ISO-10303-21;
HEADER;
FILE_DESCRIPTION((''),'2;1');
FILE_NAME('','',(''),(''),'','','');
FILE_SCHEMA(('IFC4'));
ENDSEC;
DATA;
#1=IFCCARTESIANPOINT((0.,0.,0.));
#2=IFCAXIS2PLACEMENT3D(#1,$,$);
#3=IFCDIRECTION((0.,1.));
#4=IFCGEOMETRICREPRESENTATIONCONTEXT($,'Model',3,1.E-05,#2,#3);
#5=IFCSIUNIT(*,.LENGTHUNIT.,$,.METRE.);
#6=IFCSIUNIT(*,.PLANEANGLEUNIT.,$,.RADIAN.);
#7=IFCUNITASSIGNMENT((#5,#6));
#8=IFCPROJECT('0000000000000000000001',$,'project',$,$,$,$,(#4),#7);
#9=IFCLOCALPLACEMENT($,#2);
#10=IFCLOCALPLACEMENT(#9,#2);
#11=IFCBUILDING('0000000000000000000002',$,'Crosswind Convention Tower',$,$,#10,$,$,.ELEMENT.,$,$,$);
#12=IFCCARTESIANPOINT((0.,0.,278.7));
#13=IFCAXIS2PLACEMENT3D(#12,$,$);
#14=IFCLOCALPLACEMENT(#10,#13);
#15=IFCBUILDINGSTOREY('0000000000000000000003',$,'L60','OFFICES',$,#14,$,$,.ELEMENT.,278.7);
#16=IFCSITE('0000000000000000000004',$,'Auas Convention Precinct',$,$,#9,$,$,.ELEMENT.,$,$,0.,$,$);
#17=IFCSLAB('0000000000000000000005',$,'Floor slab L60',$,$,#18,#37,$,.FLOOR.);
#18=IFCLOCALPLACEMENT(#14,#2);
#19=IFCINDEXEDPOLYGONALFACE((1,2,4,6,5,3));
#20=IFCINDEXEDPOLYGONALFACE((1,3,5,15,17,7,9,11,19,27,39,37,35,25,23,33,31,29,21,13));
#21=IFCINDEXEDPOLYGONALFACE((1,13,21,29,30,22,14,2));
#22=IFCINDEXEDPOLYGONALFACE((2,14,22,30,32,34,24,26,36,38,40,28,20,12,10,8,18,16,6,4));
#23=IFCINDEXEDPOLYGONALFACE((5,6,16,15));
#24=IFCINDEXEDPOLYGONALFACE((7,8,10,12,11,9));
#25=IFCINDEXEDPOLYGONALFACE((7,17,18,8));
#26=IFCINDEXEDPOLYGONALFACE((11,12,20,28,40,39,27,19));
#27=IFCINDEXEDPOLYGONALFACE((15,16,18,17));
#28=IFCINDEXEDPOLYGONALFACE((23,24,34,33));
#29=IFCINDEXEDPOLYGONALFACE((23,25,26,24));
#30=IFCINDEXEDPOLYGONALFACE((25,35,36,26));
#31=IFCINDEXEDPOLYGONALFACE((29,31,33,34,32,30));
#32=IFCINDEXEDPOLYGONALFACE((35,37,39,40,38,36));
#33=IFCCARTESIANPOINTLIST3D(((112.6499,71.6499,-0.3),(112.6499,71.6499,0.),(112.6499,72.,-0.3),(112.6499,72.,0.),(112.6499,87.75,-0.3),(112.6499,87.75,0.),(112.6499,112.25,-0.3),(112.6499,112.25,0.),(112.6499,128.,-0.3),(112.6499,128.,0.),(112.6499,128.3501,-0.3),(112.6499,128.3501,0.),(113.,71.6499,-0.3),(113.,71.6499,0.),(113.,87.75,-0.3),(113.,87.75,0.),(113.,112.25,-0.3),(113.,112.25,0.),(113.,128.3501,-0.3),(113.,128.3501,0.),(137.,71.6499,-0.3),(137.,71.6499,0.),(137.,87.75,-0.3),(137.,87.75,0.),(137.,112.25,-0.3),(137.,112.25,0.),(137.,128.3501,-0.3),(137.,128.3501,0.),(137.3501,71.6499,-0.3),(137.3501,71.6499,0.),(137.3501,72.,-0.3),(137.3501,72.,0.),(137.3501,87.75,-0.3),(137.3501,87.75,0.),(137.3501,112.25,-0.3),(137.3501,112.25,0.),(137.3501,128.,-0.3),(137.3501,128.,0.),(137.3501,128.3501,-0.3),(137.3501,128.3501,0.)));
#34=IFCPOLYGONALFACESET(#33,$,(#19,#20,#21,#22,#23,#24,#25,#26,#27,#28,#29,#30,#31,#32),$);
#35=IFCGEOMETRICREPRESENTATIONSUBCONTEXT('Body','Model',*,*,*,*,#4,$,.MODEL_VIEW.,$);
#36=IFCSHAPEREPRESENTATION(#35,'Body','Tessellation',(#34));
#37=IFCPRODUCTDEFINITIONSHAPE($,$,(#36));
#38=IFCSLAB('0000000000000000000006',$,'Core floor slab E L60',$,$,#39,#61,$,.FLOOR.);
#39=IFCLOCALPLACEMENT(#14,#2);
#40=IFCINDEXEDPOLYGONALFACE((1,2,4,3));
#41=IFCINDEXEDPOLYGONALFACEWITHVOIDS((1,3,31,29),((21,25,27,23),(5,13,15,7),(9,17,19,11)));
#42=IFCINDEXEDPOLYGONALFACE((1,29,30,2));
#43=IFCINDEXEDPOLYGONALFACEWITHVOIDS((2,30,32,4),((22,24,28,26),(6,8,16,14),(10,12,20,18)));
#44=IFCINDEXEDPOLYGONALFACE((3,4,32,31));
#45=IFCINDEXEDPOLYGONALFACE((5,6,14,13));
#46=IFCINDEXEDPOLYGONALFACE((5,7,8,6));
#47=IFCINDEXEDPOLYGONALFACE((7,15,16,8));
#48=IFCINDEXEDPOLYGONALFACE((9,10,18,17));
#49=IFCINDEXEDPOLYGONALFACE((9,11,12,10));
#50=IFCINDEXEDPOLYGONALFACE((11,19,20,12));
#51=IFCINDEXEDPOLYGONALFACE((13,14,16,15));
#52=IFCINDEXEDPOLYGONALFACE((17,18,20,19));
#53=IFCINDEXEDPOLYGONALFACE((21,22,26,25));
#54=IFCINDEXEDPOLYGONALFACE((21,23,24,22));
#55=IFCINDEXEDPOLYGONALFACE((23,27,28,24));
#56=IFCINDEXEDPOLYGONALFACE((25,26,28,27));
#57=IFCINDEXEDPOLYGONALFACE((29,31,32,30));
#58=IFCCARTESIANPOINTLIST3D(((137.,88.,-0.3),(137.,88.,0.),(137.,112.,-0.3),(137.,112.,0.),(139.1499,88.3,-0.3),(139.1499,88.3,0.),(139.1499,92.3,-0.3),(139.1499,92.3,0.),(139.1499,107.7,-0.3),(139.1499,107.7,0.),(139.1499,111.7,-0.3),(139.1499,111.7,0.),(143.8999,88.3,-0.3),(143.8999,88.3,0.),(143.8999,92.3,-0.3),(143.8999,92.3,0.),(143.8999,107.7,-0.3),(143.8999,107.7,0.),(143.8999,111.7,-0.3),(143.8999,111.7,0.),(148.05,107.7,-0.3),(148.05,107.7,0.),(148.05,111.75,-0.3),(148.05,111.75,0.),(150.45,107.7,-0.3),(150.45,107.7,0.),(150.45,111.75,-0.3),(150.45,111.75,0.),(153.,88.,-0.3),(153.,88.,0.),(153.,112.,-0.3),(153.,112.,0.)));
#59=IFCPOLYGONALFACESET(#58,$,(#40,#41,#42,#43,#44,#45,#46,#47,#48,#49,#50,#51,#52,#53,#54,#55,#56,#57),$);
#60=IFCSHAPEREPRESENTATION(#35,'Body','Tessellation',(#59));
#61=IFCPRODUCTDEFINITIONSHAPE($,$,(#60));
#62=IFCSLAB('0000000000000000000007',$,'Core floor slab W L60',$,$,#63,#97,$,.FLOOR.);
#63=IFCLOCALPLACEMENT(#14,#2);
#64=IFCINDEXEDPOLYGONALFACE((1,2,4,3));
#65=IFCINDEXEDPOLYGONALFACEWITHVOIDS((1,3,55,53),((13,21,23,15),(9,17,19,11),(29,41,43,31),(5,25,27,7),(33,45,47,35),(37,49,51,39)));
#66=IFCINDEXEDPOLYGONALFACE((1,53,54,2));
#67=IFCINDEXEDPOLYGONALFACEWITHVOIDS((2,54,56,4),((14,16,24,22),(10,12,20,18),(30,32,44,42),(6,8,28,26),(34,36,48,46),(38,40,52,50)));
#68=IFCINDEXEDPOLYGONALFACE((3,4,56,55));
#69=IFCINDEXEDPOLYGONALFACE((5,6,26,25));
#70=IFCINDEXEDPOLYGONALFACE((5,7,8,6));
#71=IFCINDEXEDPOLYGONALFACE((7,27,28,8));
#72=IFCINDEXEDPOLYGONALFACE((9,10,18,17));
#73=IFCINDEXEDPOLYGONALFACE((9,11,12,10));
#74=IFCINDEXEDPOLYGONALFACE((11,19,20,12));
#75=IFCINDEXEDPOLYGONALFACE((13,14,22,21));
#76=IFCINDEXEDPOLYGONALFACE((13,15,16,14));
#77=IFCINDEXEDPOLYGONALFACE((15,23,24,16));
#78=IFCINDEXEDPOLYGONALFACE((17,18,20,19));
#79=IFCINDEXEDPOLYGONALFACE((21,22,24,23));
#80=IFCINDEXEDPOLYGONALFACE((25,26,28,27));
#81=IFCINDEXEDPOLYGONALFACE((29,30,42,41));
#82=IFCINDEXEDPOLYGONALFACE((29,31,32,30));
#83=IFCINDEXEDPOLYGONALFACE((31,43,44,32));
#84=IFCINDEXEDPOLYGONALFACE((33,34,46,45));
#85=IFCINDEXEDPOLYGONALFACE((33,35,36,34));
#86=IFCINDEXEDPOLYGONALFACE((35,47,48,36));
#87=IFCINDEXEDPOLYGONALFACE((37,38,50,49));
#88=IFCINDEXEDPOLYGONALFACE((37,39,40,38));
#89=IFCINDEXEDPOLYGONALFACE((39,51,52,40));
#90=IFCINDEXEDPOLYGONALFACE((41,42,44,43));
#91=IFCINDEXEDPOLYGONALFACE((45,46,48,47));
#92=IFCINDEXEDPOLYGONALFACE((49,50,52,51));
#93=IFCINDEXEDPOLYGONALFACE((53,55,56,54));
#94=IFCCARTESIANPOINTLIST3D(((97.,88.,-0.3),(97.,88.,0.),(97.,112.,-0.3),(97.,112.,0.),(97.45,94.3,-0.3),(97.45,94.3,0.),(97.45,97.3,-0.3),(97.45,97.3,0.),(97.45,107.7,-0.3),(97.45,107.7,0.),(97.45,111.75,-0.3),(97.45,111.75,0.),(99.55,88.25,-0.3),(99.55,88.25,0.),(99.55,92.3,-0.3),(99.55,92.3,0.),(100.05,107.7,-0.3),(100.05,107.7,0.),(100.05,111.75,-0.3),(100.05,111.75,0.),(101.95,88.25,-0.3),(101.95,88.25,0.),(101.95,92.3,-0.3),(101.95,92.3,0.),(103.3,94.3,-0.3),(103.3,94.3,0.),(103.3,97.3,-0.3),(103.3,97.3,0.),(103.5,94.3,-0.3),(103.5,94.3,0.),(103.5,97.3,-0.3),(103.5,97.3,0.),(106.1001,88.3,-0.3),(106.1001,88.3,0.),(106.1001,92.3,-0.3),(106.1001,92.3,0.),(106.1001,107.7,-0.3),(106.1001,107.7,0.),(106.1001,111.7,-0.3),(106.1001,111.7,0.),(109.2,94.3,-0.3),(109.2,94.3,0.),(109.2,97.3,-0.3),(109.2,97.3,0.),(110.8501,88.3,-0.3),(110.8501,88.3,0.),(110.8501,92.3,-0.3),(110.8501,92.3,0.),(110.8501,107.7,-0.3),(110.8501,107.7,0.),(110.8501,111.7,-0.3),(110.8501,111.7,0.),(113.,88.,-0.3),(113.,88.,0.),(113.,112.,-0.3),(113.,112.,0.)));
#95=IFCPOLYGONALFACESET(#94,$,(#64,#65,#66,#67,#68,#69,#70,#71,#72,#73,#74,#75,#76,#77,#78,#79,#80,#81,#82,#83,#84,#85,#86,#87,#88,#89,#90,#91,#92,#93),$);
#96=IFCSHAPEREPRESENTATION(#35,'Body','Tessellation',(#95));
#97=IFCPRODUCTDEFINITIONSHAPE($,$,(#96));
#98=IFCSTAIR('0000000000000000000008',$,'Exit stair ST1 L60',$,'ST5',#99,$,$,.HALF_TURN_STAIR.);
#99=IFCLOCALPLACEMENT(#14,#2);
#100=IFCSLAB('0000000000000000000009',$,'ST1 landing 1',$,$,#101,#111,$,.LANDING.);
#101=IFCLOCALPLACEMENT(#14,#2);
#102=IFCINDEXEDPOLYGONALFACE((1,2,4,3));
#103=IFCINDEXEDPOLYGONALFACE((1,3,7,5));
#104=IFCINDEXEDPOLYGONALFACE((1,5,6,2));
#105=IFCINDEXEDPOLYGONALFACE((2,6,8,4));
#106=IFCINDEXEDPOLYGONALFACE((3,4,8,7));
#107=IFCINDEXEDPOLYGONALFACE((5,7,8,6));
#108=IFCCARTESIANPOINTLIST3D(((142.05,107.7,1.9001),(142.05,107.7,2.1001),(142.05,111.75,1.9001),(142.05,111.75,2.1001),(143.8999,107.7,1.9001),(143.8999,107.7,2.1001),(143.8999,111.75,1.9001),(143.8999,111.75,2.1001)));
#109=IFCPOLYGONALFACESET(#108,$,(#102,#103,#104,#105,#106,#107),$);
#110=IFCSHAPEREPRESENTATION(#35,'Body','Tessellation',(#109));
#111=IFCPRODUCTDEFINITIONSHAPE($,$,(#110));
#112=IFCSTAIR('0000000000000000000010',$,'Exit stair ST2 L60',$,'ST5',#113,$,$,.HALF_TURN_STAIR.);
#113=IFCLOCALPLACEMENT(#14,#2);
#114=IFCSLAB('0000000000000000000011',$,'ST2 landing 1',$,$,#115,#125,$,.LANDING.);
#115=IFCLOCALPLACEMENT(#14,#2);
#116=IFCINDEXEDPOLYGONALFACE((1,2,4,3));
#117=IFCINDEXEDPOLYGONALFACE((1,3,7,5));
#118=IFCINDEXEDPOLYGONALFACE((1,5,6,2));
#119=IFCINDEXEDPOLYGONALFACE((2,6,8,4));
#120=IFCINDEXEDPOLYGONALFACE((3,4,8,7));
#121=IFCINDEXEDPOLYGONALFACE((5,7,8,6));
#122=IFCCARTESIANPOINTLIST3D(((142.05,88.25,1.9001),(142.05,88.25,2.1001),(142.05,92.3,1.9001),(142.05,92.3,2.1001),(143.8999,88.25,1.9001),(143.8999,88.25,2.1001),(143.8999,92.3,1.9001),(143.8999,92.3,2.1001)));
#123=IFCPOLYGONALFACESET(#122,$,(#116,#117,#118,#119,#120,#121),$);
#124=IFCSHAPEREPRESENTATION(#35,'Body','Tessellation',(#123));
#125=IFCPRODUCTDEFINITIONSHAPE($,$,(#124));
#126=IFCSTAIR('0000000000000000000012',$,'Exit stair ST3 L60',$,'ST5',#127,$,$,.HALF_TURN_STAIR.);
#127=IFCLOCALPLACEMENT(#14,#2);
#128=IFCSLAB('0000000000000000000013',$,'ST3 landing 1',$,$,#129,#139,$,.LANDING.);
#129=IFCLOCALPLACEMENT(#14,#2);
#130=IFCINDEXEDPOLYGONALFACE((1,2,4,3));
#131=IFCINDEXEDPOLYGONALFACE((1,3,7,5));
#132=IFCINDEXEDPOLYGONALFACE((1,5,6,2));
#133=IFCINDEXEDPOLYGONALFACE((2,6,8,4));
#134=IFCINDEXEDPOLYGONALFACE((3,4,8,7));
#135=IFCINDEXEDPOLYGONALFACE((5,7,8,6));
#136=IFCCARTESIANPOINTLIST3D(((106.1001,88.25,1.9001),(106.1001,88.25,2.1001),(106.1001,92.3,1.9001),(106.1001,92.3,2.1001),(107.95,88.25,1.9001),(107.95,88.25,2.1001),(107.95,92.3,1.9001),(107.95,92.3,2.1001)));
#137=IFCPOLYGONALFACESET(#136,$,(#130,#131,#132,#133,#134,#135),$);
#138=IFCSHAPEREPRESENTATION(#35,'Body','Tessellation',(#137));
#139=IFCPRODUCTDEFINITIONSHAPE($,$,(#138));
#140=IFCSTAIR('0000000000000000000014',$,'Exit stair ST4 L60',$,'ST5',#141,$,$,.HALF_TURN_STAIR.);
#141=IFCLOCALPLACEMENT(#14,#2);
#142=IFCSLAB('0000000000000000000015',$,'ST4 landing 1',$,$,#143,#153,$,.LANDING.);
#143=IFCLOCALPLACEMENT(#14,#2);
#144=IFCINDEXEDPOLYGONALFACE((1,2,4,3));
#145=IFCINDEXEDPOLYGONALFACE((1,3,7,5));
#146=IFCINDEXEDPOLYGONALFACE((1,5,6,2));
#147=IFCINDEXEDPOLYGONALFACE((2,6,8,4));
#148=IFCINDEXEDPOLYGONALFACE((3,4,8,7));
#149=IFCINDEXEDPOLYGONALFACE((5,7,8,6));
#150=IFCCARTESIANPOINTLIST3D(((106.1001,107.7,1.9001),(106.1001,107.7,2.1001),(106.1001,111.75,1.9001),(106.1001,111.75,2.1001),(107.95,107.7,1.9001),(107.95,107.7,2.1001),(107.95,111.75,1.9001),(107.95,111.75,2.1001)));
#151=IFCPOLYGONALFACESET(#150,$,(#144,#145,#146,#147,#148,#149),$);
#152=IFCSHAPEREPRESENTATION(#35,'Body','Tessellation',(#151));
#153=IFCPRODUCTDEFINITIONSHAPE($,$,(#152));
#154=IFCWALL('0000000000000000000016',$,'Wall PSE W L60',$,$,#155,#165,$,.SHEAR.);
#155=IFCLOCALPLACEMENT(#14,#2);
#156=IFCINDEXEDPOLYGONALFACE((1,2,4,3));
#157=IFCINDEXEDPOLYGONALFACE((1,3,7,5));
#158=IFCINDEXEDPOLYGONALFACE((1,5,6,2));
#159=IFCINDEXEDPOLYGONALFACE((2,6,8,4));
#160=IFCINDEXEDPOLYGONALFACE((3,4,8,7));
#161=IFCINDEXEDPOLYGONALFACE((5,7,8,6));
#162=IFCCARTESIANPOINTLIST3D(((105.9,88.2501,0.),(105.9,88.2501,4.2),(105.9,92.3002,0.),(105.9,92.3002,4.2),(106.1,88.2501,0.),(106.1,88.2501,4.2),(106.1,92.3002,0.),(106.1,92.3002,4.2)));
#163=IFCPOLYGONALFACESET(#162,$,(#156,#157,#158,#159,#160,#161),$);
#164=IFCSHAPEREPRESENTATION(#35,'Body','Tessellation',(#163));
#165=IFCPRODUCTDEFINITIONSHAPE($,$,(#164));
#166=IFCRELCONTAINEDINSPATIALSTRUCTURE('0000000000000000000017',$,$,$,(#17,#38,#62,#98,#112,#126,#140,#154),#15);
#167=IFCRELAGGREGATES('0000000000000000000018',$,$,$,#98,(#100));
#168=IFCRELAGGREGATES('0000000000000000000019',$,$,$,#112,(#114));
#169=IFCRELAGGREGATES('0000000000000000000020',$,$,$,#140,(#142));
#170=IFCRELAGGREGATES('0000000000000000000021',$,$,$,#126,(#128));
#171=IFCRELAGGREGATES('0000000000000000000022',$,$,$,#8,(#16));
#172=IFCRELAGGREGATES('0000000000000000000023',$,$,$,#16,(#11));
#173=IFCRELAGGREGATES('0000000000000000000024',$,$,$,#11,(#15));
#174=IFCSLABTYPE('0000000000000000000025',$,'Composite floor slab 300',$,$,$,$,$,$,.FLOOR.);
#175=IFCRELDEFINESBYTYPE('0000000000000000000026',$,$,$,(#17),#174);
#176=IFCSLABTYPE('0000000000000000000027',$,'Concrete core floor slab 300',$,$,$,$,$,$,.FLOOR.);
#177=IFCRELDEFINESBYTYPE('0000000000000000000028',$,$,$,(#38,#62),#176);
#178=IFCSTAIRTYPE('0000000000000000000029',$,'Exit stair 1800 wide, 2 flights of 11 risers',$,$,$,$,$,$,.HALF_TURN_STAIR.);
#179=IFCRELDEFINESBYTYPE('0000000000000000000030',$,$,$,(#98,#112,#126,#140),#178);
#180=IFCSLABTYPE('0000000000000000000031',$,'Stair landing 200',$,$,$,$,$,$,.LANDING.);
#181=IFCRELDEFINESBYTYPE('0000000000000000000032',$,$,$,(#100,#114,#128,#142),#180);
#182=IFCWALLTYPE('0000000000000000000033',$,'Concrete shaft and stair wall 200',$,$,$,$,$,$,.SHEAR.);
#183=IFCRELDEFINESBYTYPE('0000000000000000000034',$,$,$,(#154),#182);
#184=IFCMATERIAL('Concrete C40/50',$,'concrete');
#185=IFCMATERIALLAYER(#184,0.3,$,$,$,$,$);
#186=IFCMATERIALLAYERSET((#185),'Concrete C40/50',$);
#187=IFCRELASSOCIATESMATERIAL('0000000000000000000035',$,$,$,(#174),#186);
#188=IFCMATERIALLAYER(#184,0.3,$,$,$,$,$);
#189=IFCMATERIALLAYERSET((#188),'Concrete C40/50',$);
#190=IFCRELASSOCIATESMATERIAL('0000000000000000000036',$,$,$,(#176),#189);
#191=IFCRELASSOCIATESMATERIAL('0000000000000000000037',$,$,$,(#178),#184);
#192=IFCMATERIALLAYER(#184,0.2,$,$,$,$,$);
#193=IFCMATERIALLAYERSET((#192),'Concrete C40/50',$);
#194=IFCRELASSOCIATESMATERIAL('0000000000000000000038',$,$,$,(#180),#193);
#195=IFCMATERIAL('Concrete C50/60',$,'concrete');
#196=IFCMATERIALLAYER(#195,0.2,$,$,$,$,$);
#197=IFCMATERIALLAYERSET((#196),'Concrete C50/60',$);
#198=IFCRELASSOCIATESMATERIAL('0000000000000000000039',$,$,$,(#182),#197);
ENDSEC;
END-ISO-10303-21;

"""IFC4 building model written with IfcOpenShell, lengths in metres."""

from ifc_helpers import new_model, si_unit, direction, frame, frame_2d, origin, place, context, subcontext, project, spatial, polyline, rectangle, outline, extrude, material, layer, layer_set, type_object, element, aggregate, save


model = new_model("IFC4")

# Units and contexts
model_context = context("Model", 3, precision=1e-05, world=origin(), true_north=direction((0.0, 1.0)))
body_context = subcontext(model_context, "Body", "Model", "MODEL_VIEW")
ifc_project = project(units=[si_unit("LENGTHUNIT", "METRE"), si_unit("PLANEANGLEUNIT", "RADIAN")], contexts=[model_context])

# Site, building, storey
site_placement = place(None, origin())
site = spatial("IfcSite", under=ifc_project, at=site_placement, Name="Auas Convention Precinct", CompositionType="ELEMENT", RefElevation=0.0)
building_placement = place(site_placement, origin())
building = spatial("IfcBuilding", under=site, at=building_placement, Name="Crosswind Convention Tower", CompositionType="ELEMENT")
storey_placement = place(building_placement, frame((0.0, 0.0, 278.7)))
storey = spatial("IfcBuildingStorey", under=building, at=storey_placement, Name="L60", Description="OFFICES", CompositionType="ELEMENT", Elevation=278.7)

# Slabs
ifc_material_1 = material(Name="Concrete C40/50", Category="concrete")
ifc_layer_1 = layer(ifc_material_1, 0.3)
ifc_layer_set_1 = layer_set([ifc_layer_1], Name="Concrete C40/50")
slab_type_1 = type_object("IfcSlabType", Name="Composite floor slab 300", PredefinedType="FLOOR", material=ifc_layer_set_1)
slab_1_placement = place(storey_placement, frame((0.0, 0.0, -0.3)))
element("IfcSlab", 1, at=slab_1_placement, inside=storey, type_object=slab_type_1, Name="Floor slab L60", PredefinedType="FLOOR", context=body_context, shape_type="SweptSolid", body=[
    extrude(outline(polyline([(137.3501, 71.6499), (137.0, 71.6499), (113.0, 71.6499), (112.6499, 71.6499), (112.6499, 72.0), (112.6499, 87.75), (113.0, 87.75), (113.0, 112.25), (112.6499, 112.25), (112.6499, 128.0), (112.6499, 128.3501), (113.0, 128.3501), (137.0, 128.3501), (137.3501, 128.3501), (137.3501, 128.0), (137.3501, 112.25), (137.0, 112.25), (137.0, 87.75), (137.3501, 87.75), (137.3501, 72.0), (137.3501, 71.6499)])), origin(), (0.0, 0.0, 1.0), 0.3),
])
ifc_layer_2 = layer(ifc_material_1, 0.3)
ifc_layer_set_2 = layer_set([ifc_layer_2], Name="Concrete C40/50")
slab_type_2 = type_object("IfcSlabType", Name="Concrete core floor slab 300", PredefinedType="FLOOR", material=ifc_layer_set_2)
slab_2_placement = place(storey_placement, frame((0.0, 0.0, -0.3)))
element("IfcSlab", 2, at=slab_2_placement, inside=storey, type_object=slab_type_2, Name="Core floor slab E L60", PredefinedType="FLOOR", context=body_context, shape_type="SweptSolid", body=[
    extrude(outline(polyline([(137.0, 88.0), (153.0, 88.0), (153.0, 112.0), (137.0, 112.0), (137.0, 88.0)]), holes=[polyline([(150.45, 107.7), (150.45, 111.75), (148.05, 111.75), (148.05, 107.7), (150.45, 107.7)]), polyline([(143.8999, 107.7), (143.8999, 111.7), (139.1499, 111.7), (139.1499, 107.7), (143.8999, 107.7)]), polyline([(143.8999, 88.3), (143.8999, 92.3), (139.1499, 92.3), (139.1499, 88.3), (143.8999, 88.3)])]), origin(), (0.0, 0.0, 1.0), 0.3),
])
slab_3_placement = place(storey_placement, frame((0.0, 0.0, -0.3)))
element("IfcSlab", 3, at=slab_3_placement, inside=storey, type_object=slab_type_2, Name="Core floor slab W L60", PredefinedType="FLOOR", context=body_context, shape_type="SweptSolid", body=[
    extrude(outline(polyline([(97.0, 88.0), (113.0, 88.0), (113.0, 112.0), (97.0, 112.0), (97.0, 88.0)]), holes=[polyline([(109.2, 94.3), (109.2, 97.3), (103.5, 97.3), (103.5, 94.3), (109.2, 94.3)]), polyline([(103.3, 94.3), (103.3, 97.3), (97.45, 97.3), (97.45, 94.3), (103.3, 94.3)]), polyline([(101.95, 88.25), (101.95, 92.3), (99.55, 92.3), (99.55, 88.25), (101.95, 88.25)]), polyline([(100.05, 107.7), (100.05, 111.75), (97.45, 111.75), (97.45, 107.7), (100.05, 107.7)]), polyline([(110.8501, 88.3), (110.8501, 92.3), (106.1001, 92.3), (106.1001, 88.3), (110.8501, 88.3)]), polyline([(110.8501, 107.7), (110.8501, 111.7), (106.1001, 111.7), (106.1001, 107.7), (110.8501, 107.7)])]), origin(), (0.0, 0.0, 1.0), 0.3),
])

# Stairs, slabs
stair_type = type_object("IfcStairType", Name="Exit stair 1800 wide, 2 flights of 11 risers", PredefinedType="HALF_TURN_STAIR", material=ifc_material_1)
stair_1_placement = place(storey_placement, origin())
stair_1 = element("IfcStair", 4, at=stair_1_placement, inside=storey, type_object=stair_type, Name="Exit stair ST1 L60", ObjectType="ST5", PredefinedType="HALF_TURN_STAIR")
ifc_layer_3 = layer(ifc_material_1, 0.2)
ifc_layer_set_3 = layer_set([ifc_layer_3], Name="Concrete C40/50")
slab_type_3 = type_object("IfcSlabType", Name="Stair landing 200", PredefinedType="LANDING", material=ifc_layer_set_3)
slab_4_placement = place(storey_placement, frame((0.0, 0.0, 1.9001)))
slab_4 = element("IfcSlab", 5, at=slab_4_placement, type_object=slab_type_3, Name="ST1 landing 1", PredefinedType="LANDING", context=body_context, shape_type="SweptSolid", body=[
    extrude(outline(polyline([(143.8999, 107.7), (143.8999, 111.75), (142.05, 111.75), (142.05, 107.7), (143.8999, 107.7)])), origin(), (0.0, 0.0, 1.0), 0.2),
])
aggregate(stair_1, [slab_4])
stair_2_placement = place(storey_placement, origin())
stair_2 = element("IfcStair", 6, at=stair_2_placement, inside=storey, type_object=stair_type, Name="Exit stair ST2 L60", ObjectType="ST5", PredefinedType="HALF_TURN_STAIR")
slab_5_placement = place(storey_placement, frame((0.0, 0.0, 1.9001)))
slab_5 = element("IfcSlab", 7, at=slab_5_placement, type_object=slab_type_3, Name="ST2 landing 1", PredefinedType="LANDING", context=body_context, shape_type="SweptSolid", body=[
    extrude(outline(polyline([(143.8999, 88.25), (143.8999, 92.3), (142.05, 92.3), (142.05, 88.25), (143.8999, 88.25)])), origin(), (0.0, 0.0, 1.0), 0.2),
])
aggregate(stair_2, [slab_5])
stair_3_placement = place(storey_placement, origin())
stair_3 = element("IfcStair", 8, at=stair_3_placement, inside=storey, type_object=stair_type, Name="Exit stair ST3 L60", ObjectType="ST5", PredefinedType="HALF_TURN_STAIR")
slab_6_placement = place(storey_placement, frame((0.0, 0.0, 1.9001)))
slab_6 = element("IfcSlab", 9, at=slab_6_placement, type_object=slab_type_3, Name="ST3 landing 1", PredefinedType="LANDING", context=body_context, shape_type="SweptSolid", body=[
    extrude(outline(polyline([(107.95, 88.25), (107.95, 92.3), (106.1001, 92.3), (106.1001, 88.25), (107.95, 88.25)])), origin(), (0.0, 0.0, 1.0), 0.2),
])
stair_4_placement = place(storey_placement, origin())
stair_4 = element("IfcStair", 10, at=stair_4_placement, inside=storey, type_object=stair_type, Name="Exit stair ST4 L60", ObjectType="ST5", PredefinedType="HALF_TURN_STAIR")
slab_7_placement = place(storey_placement, frame((0.0, 0.0, 1.9001)))
slab_7 = element("IfcSlab", 11, at=slab_7_placement, type_object=slab_type_3, Name="ST4 landing 1", PredefinedType="LANDING", context=body_context, shape_type="SweptSolid", body=[
    extrude(outline(polyline([(107.95, 107.7), (107.95, 111.75), (106.1001, 111.75), (106.1001, 107.7), (107.95, 107.7)])), origin(), (0.0, 0.0, 1.0), 0.2),
])
aggregate(stair_4, [slab_7])

# Wall
ifc_material_2 = material(Name="Concrete C50/60", Category="concrete")
ifc_layer_4 = layer(ifc_material_2, 0.2)
ifc_layer_set_4 = layer_set([ifc_layer_4], Name="Concrete C50/60")
wall_type_1 = type_object("IfcWallType", Name="Concrete shaft and stair wall 200", PredefinedType="SHEAR", material=ifc_layer_set_4)
wall_1_placement = place(storey_placement, frame((106.0, 92.3, 0.0), z_axis=(0.0, 0.0, 1.0), x_axis=(0.0, -1.0, 0.0)))
element("IfcWall", 12, at=wall_1_placement, inside=storey, type_object=wall_type_1, Name="Wall PSE W L60", PredefinedType="SHEAR", context=body_context, shape_type="SweptSolid", body=[
    extrude(rectangle(XDim=4.05, YDim=0.2, at=frame_2d((2.0249, 0.0))), origin(), (0.0, 0.0, 1.0), 4.2),
])

aggregate(stair_3, [slab_6])

save(model, "model.ifc")
